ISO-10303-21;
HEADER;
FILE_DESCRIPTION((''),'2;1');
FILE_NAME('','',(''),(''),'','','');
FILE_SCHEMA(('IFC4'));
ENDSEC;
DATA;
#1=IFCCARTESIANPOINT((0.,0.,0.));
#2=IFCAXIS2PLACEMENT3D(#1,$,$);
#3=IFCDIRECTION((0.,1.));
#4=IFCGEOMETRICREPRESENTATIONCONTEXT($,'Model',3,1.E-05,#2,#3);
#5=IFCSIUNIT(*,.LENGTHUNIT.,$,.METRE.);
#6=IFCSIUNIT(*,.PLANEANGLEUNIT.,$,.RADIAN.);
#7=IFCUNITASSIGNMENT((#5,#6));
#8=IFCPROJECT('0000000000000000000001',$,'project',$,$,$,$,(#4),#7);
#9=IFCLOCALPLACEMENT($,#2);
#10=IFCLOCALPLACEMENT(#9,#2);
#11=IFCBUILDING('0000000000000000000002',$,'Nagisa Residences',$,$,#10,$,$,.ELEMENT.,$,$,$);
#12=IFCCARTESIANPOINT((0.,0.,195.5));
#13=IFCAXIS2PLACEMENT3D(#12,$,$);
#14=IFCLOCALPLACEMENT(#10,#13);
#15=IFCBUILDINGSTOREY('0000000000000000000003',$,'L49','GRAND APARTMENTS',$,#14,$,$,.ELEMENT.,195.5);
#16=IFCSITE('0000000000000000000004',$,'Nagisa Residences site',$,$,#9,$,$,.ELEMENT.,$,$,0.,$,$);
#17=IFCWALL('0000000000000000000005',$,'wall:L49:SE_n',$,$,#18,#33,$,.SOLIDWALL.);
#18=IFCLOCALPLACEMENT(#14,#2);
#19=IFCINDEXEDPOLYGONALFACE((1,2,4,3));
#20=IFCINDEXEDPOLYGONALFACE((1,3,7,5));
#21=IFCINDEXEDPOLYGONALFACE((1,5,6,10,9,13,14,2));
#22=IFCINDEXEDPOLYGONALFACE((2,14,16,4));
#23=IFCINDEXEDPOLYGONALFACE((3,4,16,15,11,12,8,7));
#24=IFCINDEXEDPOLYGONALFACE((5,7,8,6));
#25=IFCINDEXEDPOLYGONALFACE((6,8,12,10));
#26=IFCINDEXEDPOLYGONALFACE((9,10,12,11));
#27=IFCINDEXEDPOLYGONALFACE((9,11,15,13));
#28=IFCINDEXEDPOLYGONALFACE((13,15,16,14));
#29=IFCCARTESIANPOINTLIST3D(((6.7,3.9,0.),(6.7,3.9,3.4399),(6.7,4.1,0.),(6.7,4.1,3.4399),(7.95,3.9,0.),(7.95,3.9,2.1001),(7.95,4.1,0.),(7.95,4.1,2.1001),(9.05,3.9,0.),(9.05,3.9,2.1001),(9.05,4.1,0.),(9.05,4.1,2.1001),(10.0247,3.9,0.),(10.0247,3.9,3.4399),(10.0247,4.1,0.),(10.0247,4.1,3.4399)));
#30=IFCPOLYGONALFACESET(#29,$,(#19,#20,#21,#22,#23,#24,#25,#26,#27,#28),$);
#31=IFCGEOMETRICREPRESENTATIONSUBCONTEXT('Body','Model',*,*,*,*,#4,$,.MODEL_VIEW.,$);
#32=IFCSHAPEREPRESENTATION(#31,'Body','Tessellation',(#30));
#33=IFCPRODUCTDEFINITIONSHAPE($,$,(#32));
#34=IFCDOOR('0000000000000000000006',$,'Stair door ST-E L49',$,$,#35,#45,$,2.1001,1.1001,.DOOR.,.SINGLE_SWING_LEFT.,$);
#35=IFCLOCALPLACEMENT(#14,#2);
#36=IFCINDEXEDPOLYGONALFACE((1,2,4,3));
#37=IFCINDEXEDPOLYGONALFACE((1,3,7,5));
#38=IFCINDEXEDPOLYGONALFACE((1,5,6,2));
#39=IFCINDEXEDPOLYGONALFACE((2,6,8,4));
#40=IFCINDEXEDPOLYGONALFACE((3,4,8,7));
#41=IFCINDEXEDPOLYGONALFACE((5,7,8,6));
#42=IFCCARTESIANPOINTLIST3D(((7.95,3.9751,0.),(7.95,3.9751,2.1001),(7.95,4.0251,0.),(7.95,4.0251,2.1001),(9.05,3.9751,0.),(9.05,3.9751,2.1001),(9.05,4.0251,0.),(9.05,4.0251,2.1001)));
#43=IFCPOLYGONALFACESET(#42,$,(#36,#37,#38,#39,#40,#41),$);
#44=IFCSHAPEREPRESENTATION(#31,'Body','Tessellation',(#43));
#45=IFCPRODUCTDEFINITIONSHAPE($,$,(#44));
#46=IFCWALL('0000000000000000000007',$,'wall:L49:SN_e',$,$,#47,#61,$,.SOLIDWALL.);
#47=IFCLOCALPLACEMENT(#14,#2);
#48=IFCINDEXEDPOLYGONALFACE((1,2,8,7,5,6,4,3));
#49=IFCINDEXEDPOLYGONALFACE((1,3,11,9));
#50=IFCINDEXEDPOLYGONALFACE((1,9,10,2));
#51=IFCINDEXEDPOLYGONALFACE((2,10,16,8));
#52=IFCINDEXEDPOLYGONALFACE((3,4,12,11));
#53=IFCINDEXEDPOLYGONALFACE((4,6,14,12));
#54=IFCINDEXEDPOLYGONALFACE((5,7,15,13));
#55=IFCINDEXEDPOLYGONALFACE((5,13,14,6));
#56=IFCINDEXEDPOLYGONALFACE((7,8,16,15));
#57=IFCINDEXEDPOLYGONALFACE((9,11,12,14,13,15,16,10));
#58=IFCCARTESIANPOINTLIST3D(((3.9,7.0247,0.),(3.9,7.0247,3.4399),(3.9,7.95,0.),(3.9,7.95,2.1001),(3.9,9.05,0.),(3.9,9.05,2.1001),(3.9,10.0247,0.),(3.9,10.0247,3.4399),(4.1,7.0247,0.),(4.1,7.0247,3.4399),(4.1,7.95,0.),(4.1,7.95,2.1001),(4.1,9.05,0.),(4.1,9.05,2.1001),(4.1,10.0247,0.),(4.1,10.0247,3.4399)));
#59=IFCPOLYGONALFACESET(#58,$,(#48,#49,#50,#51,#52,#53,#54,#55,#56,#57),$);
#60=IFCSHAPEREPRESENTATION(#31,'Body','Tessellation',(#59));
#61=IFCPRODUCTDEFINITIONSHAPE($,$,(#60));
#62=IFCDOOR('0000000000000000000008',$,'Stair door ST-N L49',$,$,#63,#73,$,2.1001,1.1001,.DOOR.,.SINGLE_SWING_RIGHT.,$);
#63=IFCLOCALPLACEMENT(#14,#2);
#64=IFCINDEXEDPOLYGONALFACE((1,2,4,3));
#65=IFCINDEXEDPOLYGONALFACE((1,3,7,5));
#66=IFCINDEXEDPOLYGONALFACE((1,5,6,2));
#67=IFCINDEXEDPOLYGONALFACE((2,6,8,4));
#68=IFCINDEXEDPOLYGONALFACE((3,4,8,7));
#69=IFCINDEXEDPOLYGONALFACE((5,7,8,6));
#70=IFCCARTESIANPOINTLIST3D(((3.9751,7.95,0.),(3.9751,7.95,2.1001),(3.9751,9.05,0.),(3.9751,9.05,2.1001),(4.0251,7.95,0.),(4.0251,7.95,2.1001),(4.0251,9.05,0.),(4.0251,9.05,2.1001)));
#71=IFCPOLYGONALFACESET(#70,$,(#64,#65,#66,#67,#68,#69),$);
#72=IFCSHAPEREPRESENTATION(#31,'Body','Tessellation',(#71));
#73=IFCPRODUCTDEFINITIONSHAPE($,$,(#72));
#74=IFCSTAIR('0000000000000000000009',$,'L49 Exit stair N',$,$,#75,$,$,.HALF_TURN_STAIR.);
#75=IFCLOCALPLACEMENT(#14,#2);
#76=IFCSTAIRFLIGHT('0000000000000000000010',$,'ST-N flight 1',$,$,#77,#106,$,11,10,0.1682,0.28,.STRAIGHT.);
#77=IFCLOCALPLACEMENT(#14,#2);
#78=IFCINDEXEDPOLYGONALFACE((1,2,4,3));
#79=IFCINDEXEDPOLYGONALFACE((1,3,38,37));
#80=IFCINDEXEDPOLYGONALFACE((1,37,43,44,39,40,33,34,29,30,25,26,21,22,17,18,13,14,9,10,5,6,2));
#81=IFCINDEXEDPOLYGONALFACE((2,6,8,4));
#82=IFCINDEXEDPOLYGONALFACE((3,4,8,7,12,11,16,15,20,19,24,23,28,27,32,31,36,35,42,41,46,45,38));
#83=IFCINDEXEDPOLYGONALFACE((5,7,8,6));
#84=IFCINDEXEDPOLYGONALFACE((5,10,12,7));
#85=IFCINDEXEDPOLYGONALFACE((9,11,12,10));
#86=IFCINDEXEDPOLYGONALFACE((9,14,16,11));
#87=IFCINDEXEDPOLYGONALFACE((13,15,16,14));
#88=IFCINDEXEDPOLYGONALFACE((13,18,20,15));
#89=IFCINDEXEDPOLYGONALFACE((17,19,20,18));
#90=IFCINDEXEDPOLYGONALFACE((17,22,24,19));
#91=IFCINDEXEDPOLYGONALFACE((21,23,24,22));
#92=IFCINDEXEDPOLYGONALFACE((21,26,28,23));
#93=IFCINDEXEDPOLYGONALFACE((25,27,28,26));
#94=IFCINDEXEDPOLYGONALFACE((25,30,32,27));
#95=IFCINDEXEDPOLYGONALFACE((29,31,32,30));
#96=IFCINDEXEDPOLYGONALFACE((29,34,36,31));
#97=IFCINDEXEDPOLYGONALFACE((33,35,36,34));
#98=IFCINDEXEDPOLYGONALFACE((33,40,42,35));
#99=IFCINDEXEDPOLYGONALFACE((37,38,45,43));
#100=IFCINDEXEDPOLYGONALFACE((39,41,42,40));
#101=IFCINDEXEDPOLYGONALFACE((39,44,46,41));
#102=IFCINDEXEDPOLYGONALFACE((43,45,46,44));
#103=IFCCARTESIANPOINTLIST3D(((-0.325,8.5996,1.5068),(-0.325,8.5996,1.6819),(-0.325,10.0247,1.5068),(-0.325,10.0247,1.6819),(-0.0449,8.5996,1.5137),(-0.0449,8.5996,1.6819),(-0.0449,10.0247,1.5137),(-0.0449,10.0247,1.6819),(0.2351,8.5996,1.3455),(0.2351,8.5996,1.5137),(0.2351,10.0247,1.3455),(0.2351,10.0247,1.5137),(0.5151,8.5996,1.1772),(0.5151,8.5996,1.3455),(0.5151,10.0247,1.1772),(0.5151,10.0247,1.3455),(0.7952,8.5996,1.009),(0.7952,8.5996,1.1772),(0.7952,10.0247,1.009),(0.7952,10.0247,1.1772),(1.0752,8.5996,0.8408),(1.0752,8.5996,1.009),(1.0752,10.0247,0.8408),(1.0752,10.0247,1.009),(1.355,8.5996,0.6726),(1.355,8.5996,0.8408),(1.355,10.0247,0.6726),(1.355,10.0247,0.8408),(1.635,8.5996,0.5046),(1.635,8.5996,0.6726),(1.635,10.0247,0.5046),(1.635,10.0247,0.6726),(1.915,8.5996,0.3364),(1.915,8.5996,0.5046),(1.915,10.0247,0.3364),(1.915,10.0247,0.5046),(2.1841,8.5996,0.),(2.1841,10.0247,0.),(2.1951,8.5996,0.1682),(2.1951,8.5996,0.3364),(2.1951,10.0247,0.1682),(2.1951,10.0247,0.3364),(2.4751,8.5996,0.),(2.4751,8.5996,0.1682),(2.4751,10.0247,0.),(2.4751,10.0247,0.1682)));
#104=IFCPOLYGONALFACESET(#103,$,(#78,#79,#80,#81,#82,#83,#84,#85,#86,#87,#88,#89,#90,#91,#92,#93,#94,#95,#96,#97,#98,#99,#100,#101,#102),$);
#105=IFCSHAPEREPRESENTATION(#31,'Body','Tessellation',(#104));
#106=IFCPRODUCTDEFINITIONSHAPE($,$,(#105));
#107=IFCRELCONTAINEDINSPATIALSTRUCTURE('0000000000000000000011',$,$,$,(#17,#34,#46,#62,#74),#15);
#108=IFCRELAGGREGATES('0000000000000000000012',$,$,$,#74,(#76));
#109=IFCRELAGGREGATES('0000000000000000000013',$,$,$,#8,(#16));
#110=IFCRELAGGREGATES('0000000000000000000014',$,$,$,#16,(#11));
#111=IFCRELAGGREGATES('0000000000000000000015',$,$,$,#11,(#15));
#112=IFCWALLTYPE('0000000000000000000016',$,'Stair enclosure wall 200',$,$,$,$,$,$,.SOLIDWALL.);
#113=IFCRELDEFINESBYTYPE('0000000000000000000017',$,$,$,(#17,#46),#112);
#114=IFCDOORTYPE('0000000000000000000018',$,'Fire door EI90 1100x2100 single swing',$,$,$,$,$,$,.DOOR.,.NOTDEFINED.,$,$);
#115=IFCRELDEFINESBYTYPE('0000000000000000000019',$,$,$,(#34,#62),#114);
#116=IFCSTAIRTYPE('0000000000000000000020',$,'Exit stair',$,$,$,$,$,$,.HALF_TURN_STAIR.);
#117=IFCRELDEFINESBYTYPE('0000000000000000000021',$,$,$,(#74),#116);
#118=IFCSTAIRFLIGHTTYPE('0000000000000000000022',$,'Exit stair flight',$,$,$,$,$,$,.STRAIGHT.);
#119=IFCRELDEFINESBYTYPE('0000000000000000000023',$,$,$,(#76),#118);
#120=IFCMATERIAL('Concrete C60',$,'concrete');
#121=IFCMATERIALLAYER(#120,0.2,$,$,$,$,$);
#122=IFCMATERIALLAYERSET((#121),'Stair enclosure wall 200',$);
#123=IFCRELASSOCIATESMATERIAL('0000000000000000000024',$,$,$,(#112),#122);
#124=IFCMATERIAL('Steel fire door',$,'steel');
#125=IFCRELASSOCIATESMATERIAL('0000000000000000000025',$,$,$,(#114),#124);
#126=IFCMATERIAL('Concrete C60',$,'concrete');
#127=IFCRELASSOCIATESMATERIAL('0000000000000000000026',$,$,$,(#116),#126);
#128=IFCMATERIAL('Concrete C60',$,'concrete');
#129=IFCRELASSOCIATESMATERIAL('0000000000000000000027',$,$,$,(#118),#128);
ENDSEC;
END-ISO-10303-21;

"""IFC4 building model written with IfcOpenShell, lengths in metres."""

from ifc_helpers import new_model, si_unit, direction, frame, frame_2d, origin, place, context, subcontext, project, spatial, polyline, rectangle, outline, extrude, material, layer, layer_set, type_object, element, fill, aggregate, save


model = new_model("IFC4")

# Units and contexts
model_context = context("Model", 3, precision=1e-05, world=origin(), true_north=direction((0.0, 1.0)))
body_context = subcontext(model_context, "Body", "Model", "MODEL_VIEW")
ifc_project = project(units=[si_unit("LENGTHUNIT", "METRE"), si_unit("PLANEANGLEUNIT", "RADIAN")], contexts=[model_context])

# Site, building, storey
site_placement = place(None, origin())
site = spatial("IfcSite", under=ifc_project, at=site_placement, Name="Nagisa Residences site", CompositionType="ELEMENT", RefElevation=0.0)
building_placement = place(site_placement, origin())
building = spatial("IfcBuilding", under=site, at=building_placement, Name="Nagisa Residences", CompositionType="ELEMENT")
storey_placement = place(building_placement, frame((0.0, 0.0, 195.5)))
storey = spatial("IfcBuildingStorey", under=building, at=storey_placement, Name="L49", Description="GRAND APARTMENTS", CompositionType="ELEMENT", Elevation=195.5)

# Walls, openings, doors
ifc_material_1 = material(Name="Concrete C60", Category="concrete")
ifc_layer_1 = layer(ifc_material_1, 0.2)
ifc_layer_set_1 = layer_set([ifc_layer_1], Name="Stair enclosure wall 200")
wall_type_1 = type_object("IfcWallType", Name="Stair enclosure wall 200", PredefinedType="SOLIDWALL", material=ifc_layer_set_1)
wall_1_placement = place(storey_placement, frame((6.7, 4.0, 0.0), z_axis=(0.0, 0.0, 1.0), x_axis=(1.0, 0.0, 0.0)))
wall_1 = element("IfcWall", 1, at=wall_1_placement, inside=storey, type_object=wall_type_1, Name="wall:L49:SE_n", PredefinedType="SOLIDWALL", context=body_context, shape_type="SweptSolid", body=[
    extrude(rectangle(XDim=3.3247, YDim=0.2, at=frame_2d((1.6624, 0.0))), origin(), (0.0, 0.0, 1.0), 3.4399),
])
opening_1_placement = place(wall_1_placement, frame((1.25, 0.0, 0.0)))
opening_1 = element("IfcOpeningElement", 2, at=opening_1_placement, cuts=wall_1, PredefinedType="OPENING", context=body_context, shape_type="SweptSolid", body=[
    extrude(rectangle(XDim=1.1001, YDim=2.1001, at=frame_2d((0.55, 1.05))), frame((0.0, 0.1099, 0.0), z_axis=(0.0, -1.0, 0.0), x_axis=(1.0, 0.0, 0.0)), (0.0, 0.0, 1.0), 0.22),
])
ifc_material_2 = material(Name="Steel fire door", Category="steel")
door_type_1 = type_object("IfcDoorType", Name="Fire door EI90 1100x2100 single swing", OperationType="NOTDEFINED", PredefinedType="DOOR", material=ifc_material_2)
door_1_placement = place(opening_1_placement, frame((1.1001, 0.0, 0.0), x_axis=(-1.0, 0.0, 0.0)))
door_1 = element("IfcDoor", 3, at=door_1_placement, inside=storey, type_object=door_type_1, Name="Stair door ST-E L49", OperationType="SINGLE_SWING_LEFT", OverallHeight=2.1001, OverallWidth=1.1001, PredefinedType="DOOR", context=body_context, shape_type="SweptSolid", body=[
    extrude(rectangle(XDim=1.1001, YDim=2.1001, at=frame_2d((0.55, 1.05))), frame((0.0, 0.0249, 0.0), z_axis=(0.0, -1.0, 0.0), x_axis=(1.0, 0.0, 0.0)), (0.0, 0.0, 1.0), 0.05),
])
fill(opening_1, door_1)
wall_2_placement = place(storey_placement, frame((4.0, 7.0247, 0.0), z_axis=(0.0, 0.0, 1.0), x_axis=(0.0, 1.0, 0.0)))
wall_2 = element("IfcWall", 4, at=wall_2_placement, inside=storey, type_object=wall_type_1, Name="wall:L49:SN_e", PredefinedType="SOLIDWALL", context=body_context, shape_type="SweptSolid", body=[
    extrude(rectangle(XDim=3.0, YDim=0.2, at=frame_2d((1.5, 0.0))), origin(), (0.0, 0.0, 1.0), 3.4399),
])
opening_2_placement = place(wall_2_placement, frame((0.9253, 0.0, 0.0)))
opening_2 = element("IfcOpeningElement", 5, at=opening_2_placement, cuts=wall_2, PredefinedType="OPENING", context=body_context, shape_type="SweptSolid", body=[
    extrude(rectangle(XDim=1.1001, YDim=2.1001, at=frame_2d((0.55, 1.05))), frame((0.0, 0.1099, 0.0), z_axis=(0.0, -1.0, 0.0), x_axis=(1.0, 0.0, 0.0)), (0.0, 0.0, 1.0), 0.22),
])
door_2_placement = place(opening_2_placement, origin())
door_2 = element("IfcDoor", 6, at=door_2_placement, inside=storey, type_object=door_type_1, Name="Stair door ST-N L49", OperationType="SINGLE_SWING_RIGHT", OverallHeight=2.1001, OverallWidth=1.1001, PredefinedType="DOOR", context=body_context, shape_type="SweptSolid", body=[
    extrude(rectangle(XDim=1.1001, YDim=2.1001, at=frame_2d((0.55, 1.05))), frame((0.0, 0.0249, 0.0), z_axis=(0.0, -1.0, 0.0), x_axis=(1.0, 0.0, 0.0)), (0.0, 0.0, 1.0), 0.05),
])
fill(opening_2, door_2)

# Stair, stair flight
ifc_material_3 = material(Name="Concrete C60", Category="concrete")
stair_type = type_object("IfcStairType", Name="Exit stair", PredefinedType="HALF_TURN_STAIR", material=ifc_material_3)
stair_placement = place(storey_placement, origin())
stair = element("IfcStair", 7, at=stair_placement, inside=storey, type_object=stair_type, Name="L49 Exit stair N", PredefinedType="HALF_TURN_STAIR")
ifc_material_4 = material(Name="Concrete C60", Category="concrete")
stair_flight_type = type_object("IfcStairFlightType", Name="Exit stair flight", PredefinedType="STRAIGHT", material=ifc_material_4)
stair_flight_placement = place(storey_placement, frame((2.4751, 9.312, 0.0), z_axis=(0.0, 0.0, 1.0), x_axis=(-1.0, 0.0, 0.0)))
stair_flight = element("IfcStairFlight", 8, at=stair_flight_placement, type_object=stair_flight_type, Name="ST-N flight 1", NumberOfRisers=11, NumberOfTreads=10, PredefinedType="STRAIGHT", RiserHeight=0.1682, TreadLength=0.28, context=body_context, shape_type="SweptSolid", body=[
    extrude(outline(polyline([(0.0, 0.0), (0.0, 0.1682), (0.28, 0.1682), (0.28, 0.3364), (0.5601, 0.3364), (0.5601, 0.5046), (0.8401, 0.5046), (0.8401, 0.6726), (1.1201, 0.6726), (1.1201, 0.8408), (1.3999, 0.8408), (1.3999, 1.009), (1.6799, 1.009), (1.6799, 1.1772), (1.96, 1.1772), (1.96, 1.3455), (2.24, 1.3455), (2.24, 1.5137), (2.52, 1.5137), (2.52, 1.6819), (2.8, 1.6819), (2.8, 1.8501), (2.8, 1.5068), (0.291, 0.0), (0.0, 0.0)])), frame((0.0, 0.7124, 0.0), z_axis=(0.0, -1.0, 0.0), x_axis=(1.0, 0.0, 0.0)), (0.0, 0.0, 1.0), 1.425),
])
aggregate(stair, [stair_flight])

save(model, "model.ifc")
